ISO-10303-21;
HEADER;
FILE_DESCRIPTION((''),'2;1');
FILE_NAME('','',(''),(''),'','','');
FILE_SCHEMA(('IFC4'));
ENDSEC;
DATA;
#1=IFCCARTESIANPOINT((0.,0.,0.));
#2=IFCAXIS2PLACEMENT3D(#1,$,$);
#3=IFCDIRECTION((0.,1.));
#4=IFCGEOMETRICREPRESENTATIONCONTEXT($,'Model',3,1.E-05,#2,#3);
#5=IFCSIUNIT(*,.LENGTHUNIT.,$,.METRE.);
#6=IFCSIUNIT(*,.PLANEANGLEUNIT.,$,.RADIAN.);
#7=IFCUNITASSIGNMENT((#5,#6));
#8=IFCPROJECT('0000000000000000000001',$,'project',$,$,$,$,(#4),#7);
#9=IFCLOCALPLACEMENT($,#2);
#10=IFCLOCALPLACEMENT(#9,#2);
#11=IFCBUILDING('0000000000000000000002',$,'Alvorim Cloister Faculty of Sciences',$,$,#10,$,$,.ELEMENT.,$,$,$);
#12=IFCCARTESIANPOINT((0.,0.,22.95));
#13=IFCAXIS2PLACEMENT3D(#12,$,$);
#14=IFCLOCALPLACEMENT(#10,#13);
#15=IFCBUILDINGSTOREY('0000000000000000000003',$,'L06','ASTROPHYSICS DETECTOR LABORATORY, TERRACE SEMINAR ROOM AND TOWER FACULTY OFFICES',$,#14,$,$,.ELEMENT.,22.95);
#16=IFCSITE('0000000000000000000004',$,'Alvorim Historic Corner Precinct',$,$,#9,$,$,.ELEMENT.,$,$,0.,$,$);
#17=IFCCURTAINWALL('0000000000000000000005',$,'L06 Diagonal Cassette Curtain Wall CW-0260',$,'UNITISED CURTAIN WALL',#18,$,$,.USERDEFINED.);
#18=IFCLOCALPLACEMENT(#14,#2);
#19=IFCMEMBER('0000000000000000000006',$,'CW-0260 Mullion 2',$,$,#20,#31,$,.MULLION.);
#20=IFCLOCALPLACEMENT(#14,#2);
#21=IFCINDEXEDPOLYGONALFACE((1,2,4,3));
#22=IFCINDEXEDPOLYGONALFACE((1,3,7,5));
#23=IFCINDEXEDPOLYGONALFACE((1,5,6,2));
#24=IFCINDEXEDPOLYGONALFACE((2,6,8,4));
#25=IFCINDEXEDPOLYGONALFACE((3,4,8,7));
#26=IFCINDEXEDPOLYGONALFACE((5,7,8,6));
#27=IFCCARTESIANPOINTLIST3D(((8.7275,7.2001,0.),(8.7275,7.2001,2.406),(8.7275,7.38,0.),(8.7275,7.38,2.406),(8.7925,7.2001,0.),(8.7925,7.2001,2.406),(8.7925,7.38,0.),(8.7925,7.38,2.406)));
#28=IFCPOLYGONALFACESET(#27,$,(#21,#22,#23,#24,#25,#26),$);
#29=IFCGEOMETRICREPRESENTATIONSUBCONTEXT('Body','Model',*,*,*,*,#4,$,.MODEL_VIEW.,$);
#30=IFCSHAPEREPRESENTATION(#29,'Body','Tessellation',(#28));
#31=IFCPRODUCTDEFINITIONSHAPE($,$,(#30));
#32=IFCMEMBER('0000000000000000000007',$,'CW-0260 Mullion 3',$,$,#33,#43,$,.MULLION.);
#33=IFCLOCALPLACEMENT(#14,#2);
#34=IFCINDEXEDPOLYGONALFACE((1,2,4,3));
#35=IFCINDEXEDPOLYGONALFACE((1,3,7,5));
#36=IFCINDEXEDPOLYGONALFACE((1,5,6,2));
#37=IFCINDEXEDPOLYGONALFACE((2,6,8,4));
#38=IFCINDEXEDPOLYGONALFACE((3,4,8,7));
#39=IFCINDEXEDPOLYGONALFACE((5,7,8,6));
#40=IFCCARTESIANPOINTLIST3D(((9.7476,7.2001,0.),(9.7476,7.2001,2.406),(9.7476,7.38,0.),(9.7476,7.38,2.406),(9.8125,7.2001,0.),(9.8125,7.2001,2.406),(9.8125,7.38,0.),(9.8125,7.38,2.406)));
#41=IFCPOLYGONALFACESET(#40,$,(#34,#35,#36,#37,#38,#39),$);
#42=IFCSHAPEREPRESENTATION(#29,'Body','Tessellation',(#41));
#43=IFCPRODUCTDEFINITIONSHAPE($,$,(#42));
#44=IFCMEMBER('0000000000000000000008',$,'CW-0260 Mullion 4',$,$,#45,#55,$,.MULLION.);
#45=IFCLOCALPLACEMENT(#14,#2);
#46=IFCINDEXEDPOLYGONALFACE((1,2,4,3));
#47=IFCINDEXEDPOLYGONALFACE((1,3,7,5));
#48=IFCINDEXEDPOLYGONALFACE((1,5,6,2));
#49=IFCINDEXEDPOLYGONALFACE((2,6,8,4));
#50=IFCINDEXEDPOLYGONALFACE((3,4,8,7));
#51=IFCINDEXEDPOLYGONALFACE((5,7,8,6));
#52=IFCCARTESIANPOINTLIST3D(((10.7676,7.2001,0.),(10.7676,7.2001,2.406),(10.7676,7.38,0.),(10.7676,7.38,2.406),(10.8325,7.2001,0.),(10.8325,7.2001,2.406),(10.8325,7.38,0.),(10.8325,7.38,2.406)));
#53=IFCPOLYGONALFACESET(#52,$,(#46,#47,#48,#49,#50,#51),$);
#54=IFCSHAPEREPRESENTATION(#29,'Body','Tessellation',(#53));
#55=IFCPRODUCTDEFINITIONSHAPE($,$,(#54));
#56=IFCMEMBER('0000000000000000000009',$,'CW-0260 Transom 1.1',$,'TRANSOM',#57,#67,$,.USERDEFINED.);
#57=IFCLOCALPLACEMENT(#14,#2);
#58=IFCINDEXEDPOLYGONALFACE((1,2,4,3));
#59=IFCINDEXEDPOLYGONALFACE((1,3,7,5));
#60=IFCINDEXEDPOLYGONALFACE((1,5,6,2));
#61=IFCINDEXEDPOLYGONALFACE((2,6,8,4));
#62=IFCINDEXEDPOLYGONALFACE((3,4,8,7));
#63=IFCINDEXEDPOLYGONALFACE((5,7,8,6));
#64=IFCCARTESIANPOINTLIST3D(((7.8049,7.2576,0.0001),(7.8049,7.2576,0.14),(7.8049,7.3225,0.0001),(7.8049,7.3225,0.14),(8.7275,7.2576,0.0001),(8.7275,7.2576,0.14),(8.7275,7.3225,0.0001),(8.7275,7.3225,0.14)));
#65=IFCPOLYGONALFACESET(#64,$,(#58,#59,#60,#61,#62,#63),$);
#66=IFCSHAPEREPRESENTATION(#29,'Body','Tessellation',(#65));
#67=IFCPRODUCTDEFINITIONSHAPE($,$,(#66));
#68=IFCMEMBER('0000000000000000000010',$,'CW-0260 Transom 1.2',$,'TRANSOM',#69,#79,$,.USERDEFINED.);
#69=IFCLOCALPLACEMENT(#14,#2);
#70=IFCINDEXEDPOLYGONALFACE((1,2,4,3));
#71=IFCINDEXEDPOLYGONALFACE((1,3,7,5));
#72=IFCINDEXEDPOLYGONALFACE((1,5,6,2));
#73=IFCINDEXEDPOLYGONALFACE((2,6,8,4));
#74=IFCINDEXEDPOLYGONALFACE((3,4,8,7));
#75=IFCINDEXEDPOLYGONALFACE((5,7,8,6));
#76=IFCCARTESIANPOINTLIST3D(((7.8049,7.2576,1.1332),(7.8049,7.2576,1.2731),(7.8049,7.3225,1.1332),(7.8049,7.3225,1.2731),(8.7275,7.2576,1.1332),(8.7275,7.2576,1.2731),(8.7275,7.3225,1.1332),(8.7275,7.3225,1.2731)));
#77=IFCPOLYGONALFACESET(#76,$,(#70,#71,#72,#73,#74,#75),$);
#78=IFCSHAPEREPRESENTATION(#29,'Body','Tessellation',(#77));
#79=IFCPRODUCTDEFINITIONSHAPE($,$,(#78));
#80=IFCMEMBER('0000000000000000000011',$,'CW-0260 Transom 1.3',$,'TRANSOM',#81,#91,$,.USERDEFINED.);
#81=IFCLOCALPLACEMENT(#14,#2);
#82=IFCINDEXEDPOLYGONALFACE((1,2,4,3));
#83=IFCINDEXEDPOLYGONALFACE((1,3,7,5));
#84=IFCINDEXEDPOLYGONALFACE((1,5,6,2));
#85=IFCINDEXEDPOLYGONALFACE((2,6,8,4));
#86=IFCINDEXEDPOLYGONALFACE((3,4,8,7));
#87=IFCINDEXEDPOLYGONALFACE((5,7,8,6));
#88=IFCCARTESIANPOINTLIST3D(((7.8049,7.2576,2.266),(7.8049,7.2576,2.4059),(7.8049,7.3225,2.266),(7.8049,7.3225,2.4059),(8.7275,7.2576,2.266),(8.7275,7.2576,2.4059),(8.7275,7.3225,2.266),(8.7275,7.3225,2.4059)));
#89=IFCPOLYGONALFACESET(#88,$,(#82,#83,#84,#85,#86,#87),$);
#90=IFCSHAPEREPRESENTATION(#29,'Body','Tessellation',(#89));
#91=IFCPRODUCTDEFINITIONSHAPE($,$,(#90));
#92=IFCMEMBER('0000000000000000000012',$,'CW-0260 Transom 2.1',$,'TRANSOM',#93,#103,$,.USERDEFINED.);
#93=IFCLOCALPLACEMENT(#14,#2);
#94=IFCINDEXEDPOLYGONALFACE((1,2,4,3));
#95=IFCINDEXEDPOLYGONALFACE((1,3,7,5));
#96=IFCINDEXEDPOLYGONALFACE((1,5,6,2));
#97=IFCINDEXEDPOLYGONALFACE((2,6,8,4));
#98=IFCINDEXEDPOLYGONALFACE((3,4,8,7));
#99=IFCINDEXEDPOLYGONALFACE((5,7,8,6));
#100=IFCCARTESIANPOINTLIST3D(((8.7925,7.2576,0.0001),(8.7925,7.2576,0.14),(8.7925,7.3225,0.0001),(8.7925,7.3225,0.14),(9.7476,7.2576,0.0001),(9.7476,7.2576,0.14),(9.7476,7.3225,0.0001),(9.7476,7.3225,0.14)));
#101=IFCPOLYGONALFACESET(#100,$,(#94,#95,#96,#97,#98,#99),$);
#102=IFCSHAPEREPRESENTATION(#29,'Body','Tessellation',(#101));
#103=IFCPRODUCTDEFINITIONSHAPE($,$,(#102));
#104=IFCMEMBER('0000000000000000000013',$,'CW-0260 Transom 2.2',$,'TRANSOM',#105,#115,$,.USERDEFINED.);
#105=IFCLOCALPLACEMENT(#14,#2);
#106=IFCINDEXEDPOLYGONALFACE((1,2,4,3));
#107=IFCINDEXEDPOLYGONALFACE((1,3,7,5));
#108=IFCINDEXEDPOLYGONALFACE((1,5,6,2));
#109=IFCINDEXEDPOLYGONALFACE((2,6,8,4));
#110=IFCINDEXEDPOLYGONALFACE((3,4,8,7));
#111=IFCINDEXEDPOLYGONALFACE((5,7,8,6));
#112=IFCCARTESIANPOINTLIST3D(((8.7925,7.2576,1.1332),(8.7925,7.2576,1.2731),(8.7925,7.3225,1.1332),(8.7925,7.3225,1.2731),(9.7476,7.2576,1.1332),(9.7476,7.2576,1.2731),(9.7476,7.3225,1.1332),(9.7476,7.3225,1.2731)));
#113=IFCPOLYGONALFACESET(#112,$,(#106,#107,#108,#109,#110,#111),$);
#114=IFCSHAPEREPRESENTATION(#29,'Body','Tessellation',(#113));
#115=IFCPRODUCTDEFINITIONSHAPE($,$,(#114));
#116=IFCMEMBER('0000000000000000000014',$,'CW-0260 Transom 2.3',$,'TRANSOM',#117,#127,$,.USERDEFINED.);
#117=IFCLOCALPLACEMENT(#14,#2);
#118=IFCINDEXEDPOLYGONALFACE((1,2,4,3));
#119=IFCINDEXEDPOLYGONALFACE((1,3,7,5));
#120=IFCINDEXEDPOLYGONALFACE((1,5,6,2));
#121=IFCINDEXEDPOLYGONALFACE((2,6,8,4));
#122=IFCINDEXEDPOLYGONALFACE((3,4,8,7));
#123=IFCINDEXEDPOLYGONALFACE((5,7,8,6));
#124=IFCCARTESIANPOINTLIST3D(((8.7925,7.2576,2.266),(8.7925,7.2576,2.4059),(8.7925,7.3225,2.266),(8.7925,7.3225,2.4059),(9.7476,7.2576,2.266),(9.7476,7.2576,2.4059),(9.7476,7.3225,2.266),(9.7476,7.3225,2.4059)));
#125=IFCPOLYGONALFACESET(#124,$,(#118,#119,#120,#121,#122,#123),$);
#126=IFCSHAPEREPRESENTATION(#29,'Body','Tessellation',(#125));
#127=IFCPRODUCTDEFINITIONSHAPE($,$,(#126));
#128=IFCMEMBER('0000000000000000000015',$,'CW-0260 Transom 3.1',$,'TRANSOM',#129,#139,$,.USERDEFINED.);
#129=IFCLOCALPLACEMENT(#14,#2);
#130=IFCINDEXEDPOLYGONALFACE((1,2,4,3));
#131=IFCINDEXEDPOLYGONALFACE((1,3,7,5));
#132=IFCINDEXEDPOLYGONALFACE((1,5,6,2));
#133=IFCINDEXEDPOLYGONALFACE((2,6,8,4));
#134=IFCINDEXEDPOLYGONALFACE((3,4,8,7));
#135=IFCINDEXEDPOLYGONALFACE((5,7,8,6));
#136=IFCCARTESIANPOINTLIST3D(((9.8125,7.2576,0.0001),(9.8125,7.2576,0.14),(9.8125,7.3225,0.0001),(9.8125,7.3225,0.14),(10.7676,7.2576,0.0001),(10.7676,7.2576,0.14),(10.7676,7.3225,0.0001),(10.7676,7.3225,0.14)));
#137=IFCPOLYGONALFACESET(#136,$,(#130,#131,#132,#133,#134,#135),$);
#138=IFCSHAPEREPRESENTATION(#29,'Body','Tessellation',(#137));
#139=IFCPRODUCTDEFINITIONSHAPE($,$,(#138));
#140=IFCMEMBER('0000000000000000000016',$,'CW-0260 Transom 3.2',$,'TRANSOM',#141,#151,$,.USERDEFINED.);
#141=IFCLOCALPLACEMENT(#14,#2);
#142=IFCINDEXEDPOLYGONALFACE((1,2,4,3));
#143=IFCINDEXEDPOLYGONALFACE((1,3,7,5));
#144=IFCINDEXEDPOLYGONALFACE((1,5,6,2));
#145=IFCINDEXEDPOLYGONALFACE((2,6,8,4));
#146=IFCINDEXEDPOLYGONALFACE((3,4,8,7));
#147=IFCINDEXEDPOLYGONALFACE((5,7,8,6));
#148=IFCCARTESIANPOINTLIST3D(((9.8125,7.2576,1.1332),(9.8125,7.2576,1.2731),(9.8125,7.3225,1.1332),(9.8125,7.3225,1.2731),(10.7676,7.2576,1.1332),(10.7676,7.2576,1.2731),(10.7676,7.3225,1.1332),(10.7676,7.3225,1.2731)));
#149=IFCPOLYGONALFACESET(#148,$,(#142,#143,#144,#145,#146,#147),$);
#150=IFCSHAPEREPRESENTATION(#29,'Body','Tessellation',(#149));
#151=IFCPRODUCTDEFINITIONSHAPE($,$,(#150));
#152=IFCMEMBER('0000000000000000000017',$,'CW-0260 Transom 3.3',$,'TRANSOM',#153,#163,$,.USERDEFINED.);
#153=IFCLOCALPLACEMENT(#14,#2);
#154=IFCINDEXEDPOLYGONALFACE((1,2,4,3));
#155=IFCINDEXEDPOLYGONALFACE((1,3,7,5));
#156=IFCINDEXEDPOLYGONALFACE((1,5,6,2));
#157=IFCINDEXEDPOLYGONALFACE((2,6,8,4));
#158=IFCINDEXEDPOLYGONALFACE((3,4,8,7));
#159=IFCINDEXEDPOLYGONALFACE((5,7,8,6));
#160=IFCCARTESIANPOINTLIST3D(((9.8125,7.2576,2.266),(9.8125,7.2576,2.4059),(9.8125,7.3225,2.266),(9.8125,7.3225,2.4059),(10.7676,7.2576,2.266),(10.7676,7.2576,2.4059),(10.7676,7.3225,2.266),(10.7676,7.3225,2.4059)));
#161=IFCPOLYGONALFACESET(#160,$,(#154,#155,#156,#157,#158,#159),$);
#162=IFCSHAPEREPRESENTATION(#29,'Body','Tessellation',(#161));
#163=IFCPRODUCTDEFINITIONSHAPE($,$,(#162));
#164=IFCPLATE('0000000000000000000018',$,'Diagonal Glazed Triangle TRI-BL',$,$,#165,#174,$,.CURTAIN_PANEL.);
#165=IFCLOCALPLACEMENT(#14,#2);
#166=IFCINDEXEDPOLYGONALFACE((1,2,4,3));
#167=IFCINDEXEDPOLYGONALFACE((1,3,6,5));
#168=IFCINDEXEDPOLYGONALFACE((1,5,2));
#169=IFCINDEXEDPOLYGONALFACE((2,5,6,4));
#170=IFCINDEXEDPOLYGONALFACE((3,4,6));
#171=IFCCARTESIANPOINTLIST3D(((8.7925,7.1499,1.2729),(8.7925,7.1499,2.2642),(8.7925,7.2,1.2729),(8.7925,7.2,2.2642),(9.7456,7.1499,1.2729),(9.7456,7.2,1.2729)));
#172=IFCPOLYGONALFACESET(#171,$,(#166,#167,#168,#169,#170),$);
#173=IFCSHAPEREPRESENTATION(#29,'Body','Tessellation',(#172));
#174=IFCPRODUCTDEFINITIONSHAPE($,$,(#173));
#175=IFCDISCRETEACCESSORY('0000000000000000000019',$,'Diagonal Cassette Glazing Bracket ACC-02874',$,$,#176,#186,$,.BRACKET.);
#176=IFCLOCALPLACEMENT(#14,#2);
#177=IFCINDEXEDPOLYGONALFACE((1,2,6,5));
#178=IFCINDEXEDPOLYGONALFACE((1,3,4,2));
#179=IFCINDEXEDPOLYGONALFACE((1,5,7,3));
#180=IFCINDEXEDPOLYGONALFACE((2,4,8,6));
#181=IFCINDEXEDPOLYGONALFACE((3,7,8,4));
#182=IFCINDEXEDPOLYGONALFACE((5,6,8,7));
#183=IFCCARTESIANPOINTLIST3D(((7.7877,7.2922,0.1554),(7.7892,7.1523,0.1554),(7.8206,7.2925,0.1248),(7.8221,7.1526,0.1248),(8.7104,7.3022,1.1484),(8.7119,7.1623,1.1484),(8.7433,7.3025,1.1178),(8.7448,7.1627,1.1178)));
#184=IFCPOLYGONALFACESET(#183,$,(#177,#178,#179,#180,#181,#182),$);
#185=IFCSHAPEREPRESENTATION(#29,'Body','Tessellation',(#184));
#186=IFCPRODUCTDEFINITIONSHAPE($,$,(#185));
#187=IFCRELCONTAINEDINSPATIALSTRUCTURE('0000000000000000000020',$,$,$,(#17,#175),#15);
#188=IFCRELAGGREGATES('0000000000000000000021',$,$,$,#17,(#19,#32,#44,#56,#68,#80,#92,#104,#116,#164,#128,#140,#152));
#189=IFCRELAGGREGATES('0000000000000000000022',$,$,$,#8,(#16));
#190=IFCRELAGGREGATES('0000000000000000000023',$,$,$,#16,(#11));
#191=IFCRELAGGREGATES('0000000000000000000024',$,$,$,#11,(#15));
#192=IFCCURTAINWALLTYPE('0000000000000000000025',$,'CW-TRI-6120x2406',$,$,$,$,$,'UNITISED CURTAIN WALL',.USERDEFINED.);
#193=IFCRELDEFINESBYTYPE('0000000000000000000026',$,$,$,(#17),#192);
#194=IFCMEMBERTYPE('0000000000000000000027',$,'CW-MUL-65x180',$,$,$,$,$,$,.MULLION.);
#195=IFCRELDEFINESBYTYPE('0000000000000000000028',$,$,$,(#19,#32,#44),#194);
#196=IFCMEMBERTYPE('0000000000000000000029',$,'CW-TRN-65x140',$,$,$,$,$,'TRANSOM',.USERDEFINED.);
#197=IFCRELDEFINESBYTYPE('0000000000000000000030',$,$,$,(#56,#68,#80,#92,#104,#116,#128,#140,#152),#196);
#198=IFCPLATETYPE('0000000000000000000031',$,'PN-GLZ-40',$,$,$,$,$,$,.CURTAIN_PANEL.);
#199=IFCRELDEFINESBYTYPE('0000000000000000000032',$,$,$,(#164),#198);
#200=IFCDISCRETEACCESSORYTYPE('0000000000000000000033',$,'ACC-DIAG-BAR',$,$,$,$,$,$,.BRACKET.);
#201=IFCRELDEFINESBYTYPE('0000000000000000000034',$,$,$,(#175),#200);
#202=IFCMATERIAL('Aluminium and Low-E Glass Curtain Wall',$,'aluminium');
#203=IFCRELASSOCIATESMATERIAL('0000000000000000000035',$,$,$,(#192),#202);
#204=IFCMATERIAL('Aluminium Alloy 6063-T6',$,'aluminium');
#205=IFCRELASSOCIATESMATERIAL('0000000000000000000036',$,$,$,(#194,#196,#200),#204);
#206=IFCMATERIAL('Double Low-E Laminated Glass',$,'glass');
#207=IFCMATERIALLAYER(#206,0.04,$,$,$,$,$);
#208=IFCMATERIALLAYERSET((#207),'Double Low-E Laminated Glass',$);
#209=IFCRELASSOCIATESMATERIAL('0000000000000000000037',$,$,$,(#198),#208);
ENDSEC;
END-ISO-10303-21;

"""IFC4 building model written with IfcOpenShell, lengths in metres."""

from ifc_helpers import new_model, si_unit, direction, frame, origin, origin_2d, place, context, subcontext, project, spatial, polyline, rectangle, outline, extrude, material, layer, layer_set, material_profile, profile_set, type_object, element, aggregate, save


model = new_model("IFC4")

# Units and contexts
model_context = context("Model", 3, precision=1e-05, world=origin(), true_north=direction((0.0, 1.0)))
body_context = subcontext(model_context, "Body", "Model", "MODEL_VIEW")
ifc_project = project(units=[si_unit("LENGTHUNIT", "METRE"), si_unit("PLANEANGLEUNIT", "RADIAN")], contexts=[model_context])

# Site, building, storey
site_placement = place(None, origin())
site = spatial("IfcSite", under=ifc_project, at=site_placement, Name="Alvorim Historic Corner Precinct", CompositionType="ELEMENT", RefElevation=0.0)
building_placement = place(site_placement, origin())
building = spatial("IfcBuilding", under=site, at=building_placement, Name="Alvorim Cloister Faculty of Sciences", CompositionType="ELEMENT")
storey_placement = place(building_placement, frame((0.0, 0.0, 22.95)))
storey = spatial("IfcBuildingStorey", under=building, at=storey_placement, Name="L06", Description="ASTROPHYSICS DETECTOR LABORATORY, TERRACE SEMINAR ROOM AND TOWER FACULTY OFFICES", CompositionType="ELEMENT", Elevation=22.95)

# Curtain wall, members, plate
ifc_material_1 = material(Name="Aluminium and Low-E Glass Curtain Wall", Category="aluminium")
curtain_wall_type = type_object("IfcCurtainWallType", Name="CW-TRI-6120x2406", ElementType="UNITISED CURTAIN WALL", PredefinedType="USERDEFINED", material=ifc_material_1)
curtain_wall_placement = place(storey_placement, origin())
curtain_wall = element("IfcCurtainWall", 1, at=curtain_wall_placement, inside=storey, type_object=curtain_wall_type, Name="L06 Diagonal Cassette Curtain Wall CW-0260", ObjectType="UNITISED CURTAIN WALL", PredefinedType="USERDEFINED")
ifc_material_2 = material(Name="Aluminium Alloy 6063-T6", Category="aluminium")
ifc_material_profile_1 = material_profile(ifc_material_2, rectangle(XDim=0.0649, YDim=0.1799, at=origin_2d()), Name="ALU-MUL-65x180")
ifc_profile_set_1 = profile_set([ifc_material_profile_1], Name="Aluminium Alloy 6063-T6")
member_type_1 = type_object("IfcMemberType", Name="CW-MUL-65x180", PredefinedType="MULLION", material=ifc_profile_set_1)
member_1_placement = place(storey_placement, frame((8.76, 7.29, 0.0), z_axis=(0.0, 0.0, 1.0), x_axis=(1.0, 0.0, 0.0)))
member_1 = element("IfcMember", 2, at=member_1_placement, type_object=member_type_1, Name="CW-0260 Mullion 2", PredefinedType="MULLION", context=body_context, shape_type="SweptSolid", body=[
    extrude(rectangle(XDim=0.0649, YDim=0.1799, at=origin_2d()), origin(), (0.0, 0.0, 1.0), 2.406),
])
member_2_placement = place(storey_placement, frame((9.78, 7.29, 0.0), z_axis=(0.0, 0.0, 1.0), x_axis=(1.0, 0.0, 0.0)))
member_2 = element("IfcMember", 3, at=member_2_placement, type_object=member_type_1, Name="CW-0260 Mullion 3", PredefinedType="MULLION", context=body_context, shape_type="SweptSolid", body=[
    extrude(rectangle(XDim=0.0649, YDim=0.1799, at=origin_2d()), origin(), (0.0, 0.0, 1.0), 2.406),
])
member_3_placement = place(storey_placement, frame((10.8, 7.29, 0.0), z_axis=(0.0, 0.0, 1.0), x_axis=(1.0, 0.0, 0.0)))
member_3 = element("IfcMember", 4, at=member_3_placement, type_object=member_type_1, Name="CW-0260 Mullion 4", PredefinedType="MULLION", context=body_context, shape_type="SweptSolid", body=[
    extrude(rectangle(XDim=0.0649, YDim=0.1799, at=origin_2d()), origin(), (0.0, 0.0, 1.0), 2.406),
])
ifc_material_profile_2 = material_profile(ifc_material_2, rectangle(XDim=0.0649, YDim=0.1399, at=origin_2d()), Name="ALU-TRN-65x140")
ifc_profile_set_2 = profile_set([ifc_material_profile_2], Name="Aluminium Alloy 6063-T6")
member_type_2 = type_object("IfcMemberType", Name="CW-TRN-65x140", ElementType="TRANSOM", PredefinedType="USERDEFINED", material=ifc_profile_set_2)
member_4_placement = place(storey_placement, frame((7.8049, 7.29, 0.0701), z_axis=(1.0, 0.0, 0.0), x_axis=(0.0, 1.0, 0.0)))
member_4 = element("IfcMember", 5, at=member_4_placement, type_object=member_type_2, Name="CW-0260 Transom 1.1", ObjectType="TRANSOM", PredefinedType="USERDEFINED", context=body_context, shape_type="SweptSolid", body=[
    extrude(rectangle(XDim=0.0649, YDim=0.1399, at=origin_2d()), origin(), (0.0, 0.0, 1.0), 0.9226),
])
member_5_placement = place(storey_placement, frame((7.8049, 7.29, 1.2031), z_axis=(1.0, 0.0, 0.0), x_axis=(0.0, 1.0, 0.0)))
member_5 = element("IfcMember", 6, at=member_5_placement, type_object=member_type_2, Name="CW-0260 Transom 1.2", ObjectType="TRANSOM", PredefinedType="USERDEFINED", context=body_context, shape_type="SweptSolid", body=[
    extrude(rectangle(XDim=0.0649, YDim=0.1399, at=origin_2d()), origin(), (0.0, 0.0, 1.0), 0.9226),
])
member_6_placement = place(storey_placement, frame((7.8049, 7.29, 2.3359), z_axis=(1.0, 0.0, 0.0), x_axis=(0.0, 1.0, 0.0)))
member_6 = element("IfcMember", 7, at=member_6_placement, type_object=member_type_2, Name="CW-0260 Transom 1.3", ObjectType="TRANSOM", PredefinedType="USERDEFINED", context=body_context, shape_type="SweptSolid", body=[
    extrude(rectangle(XDim=0.0649, YDim=0.1399, at=origin_2d()), origin(), (0.0, 0.0, 1.0), 0.9226),
])
member_7_placement = place(storey_placement, frame((8.7925, 7.29, 0.0701), z_axis=(1.0, 0.0, 0.0), x_axis=(0.0, 1.0, 0.0)))
member_7 = element("IfcMember", 8, at=member_7_placement, type_object=member_type_2, Name="CW-0260 Transom 2.1", ObjectType="TRANSOM", PredefinedType="USERDEFINED", context=body_context, shape_type="SweptSolid", body=[
    extrude(rectangle(XDim=0.0649, YDim=0.1399, at=origin_2d()), origin(), (0.0, 0.0, 1.0), 0.9551),
])
member_8_placement = place(storey_placement, frame((8.7925, 7.29, 1.2031), z_axis=(1.0, 0.0, 0.0), x_axis=(0.0, 1.0, 0.0)))
member_8 = element("IfcMember", 9, at=member_8_placement, type_object=member_type_2, Name="CW-0260 Transom 2.2", ObjectType="TRANSOM", PredefinedType="USERDEFINED", context=body_context, shape_type="SweptSolid", body=[
    extrude(rectangle(XDim=0.0649, YDim=0.1399, at=origin_2d()), origin(), (0.0, 0.0, 1.0), 0.9551),
])
member_9_placement = place(storey_placement, frame((8.7925, 7.29, 2.3359), z_axis=(1.0, 0.0, 0.0), x_axis=(0.0, 1.0, 0.0)))
member_9 = element("IfcMember", 10, at=member_9_placement, type_object=member_type_2, Name="CW-0260 Transom 2.3", ObjectType="TRANSOM", PredefinedType="USERDEFINED", context=body_context, shape_type="SweptSolid", body=[
    extrude(rectangle(XDim=0.0649, YDim=0.1399, at=origin_2d()), origin(), (0.0, 0.0, 1.0), 0.9551),
])
member_10_placement = place(storey_placement, frame((9.8125, 7.29, 0.0701), z_axis=(1.0, 0.0, 0.0), x_axis=(0.0, 1.0, 0.0)))
member_10 = element("IfcMember", 11, at=member_10_placement, type_object=member_type_2, Name="CW-0260 Transom 3.1", ObjectType="TRANSOM", PredefinedType="USERDEFINED", context=body_context, shape_type="SweptSolid", body=[
    extrude(rectangle(XDim=0.0649, YDim=0.1399, at=origin_2d()), origin(), (0.0, 0.0, 1.0), 0.9551),
])
member_11_placement = place(storey_placement, frame((9.8125, 7.29, 1.2031), z_axis=(1.0, 0.0, 0.0), x_axis=(0.0, 1.0, 0.0)))
member_11 = element("IfcMember", 12, at=member_11_placement, type_object=member_type_2, Name="CW-0260 Transom 3.2", ObjectType="TRANSOM", PredefinedType="USERDEFINED", context=body_context, shape_type="SweptSolid", body=[
    extrude(rectangle(XDim=0.0649, YDim=0.1399, at=origin_2d()), origin(), (0.0, 0.0, 1.0), 0.9551),
])
member_12_placement = place(storey_placement, frame((9.8125, 7.29, 2.3359), z_axis=(1.0, 0.0, 0.0), x_axis=(0.0, 1.0, 0.0)))
member_12 = element("IfcMember", 13, at=member_12_placement, type_object=member_type_2, Name="CW-0260 Transom 3.3", ObjectType="TRANSOM", PredefinedType="USERDEFINED", context=body_context, shape_type="SweptSolid", body=[
    extrude(rectangle(XDim=0.0649, YDim=0.1399, at=origin_2d()), origin(), (0.0, 0.0, 1.0), 0.9551),
])
ifc_material_3 = material(Name="Double Low-E Laminated Glass", Category="glass")
ifc_layer = layer(ifc_material_3, 0.04)
ifc_layer_set = layer_set([ifc_layer], Name="Double Low-E Laminated Glass")
plate_type = type_object("IfcPlateType", Name="PN-GLZ-40", PredefinedType="CURTAIN_PANEL", material=ifc_layer_set)
plate_1_placement = place(storey_placement, frame((8.7925, 7.175, 1.2729), z_axis=(0.0, 0.0, 1.0), x_axis=(1.0, 0.0, 0.0)))
plate_1 = element("IfcPlate", 14, at=plate_1_placement, type_object=plate_type, Name="Diagonal Glazed Triangle TRI-BL", PredefinedType="CURTAIN_PANEL", context=body_context, shape_type="SweptSolid", body=[
    extrude(outline(polyline([(0.0, 0.0), (0.9531, 0.0), (0.0, 0.9912), (0.0, 0.0)])), frame((0.0, 0.0249, 0.0), z_axis=(0.0, -1.0, 0.0), x_axis=(1.0, 0.0, 0.0)), (0.0, 0.0, 1.0), 0.05),
])
aggregate(curtain_wall, [member_1, member_2, member_3, member_4, member_5, member_6, member_7, member_8, member_9, plate_1, member_10, member_11, member_12])

# Discrete accessory
discrete_accessory_type = type_object("IfcDiscreteAccessoryType", Name="ACC-DIAG-BAR", PredefinedType="BRACKET", material=ifc_material_2)
discrete_accessory_1_placement = place(storey_placement, frame((7.8049, 7.2224, 0.1401), z_axis=(0.680674, 0.007385, 0.732549), x_axis=(-0.010849, 0.999941, 0.0)))
element("IfcDiscreteAccessory", 15, at=discrete_accessory_1_placement, inside=storey, type_object=discrete_accessory_type, Name="Diagonal Cassette Glazing Bracket ACC-02874", PredefinedType="BRACKET", context=body_context, shape_type="SweptSolid", body=[
    extrude(rectangle(XDim=0.1399, YDim=0.0449, at=origin_2d()), origin(), (0.0, 0.0, 1.0), 1.3555),
])

save(model, "model.ifc")
